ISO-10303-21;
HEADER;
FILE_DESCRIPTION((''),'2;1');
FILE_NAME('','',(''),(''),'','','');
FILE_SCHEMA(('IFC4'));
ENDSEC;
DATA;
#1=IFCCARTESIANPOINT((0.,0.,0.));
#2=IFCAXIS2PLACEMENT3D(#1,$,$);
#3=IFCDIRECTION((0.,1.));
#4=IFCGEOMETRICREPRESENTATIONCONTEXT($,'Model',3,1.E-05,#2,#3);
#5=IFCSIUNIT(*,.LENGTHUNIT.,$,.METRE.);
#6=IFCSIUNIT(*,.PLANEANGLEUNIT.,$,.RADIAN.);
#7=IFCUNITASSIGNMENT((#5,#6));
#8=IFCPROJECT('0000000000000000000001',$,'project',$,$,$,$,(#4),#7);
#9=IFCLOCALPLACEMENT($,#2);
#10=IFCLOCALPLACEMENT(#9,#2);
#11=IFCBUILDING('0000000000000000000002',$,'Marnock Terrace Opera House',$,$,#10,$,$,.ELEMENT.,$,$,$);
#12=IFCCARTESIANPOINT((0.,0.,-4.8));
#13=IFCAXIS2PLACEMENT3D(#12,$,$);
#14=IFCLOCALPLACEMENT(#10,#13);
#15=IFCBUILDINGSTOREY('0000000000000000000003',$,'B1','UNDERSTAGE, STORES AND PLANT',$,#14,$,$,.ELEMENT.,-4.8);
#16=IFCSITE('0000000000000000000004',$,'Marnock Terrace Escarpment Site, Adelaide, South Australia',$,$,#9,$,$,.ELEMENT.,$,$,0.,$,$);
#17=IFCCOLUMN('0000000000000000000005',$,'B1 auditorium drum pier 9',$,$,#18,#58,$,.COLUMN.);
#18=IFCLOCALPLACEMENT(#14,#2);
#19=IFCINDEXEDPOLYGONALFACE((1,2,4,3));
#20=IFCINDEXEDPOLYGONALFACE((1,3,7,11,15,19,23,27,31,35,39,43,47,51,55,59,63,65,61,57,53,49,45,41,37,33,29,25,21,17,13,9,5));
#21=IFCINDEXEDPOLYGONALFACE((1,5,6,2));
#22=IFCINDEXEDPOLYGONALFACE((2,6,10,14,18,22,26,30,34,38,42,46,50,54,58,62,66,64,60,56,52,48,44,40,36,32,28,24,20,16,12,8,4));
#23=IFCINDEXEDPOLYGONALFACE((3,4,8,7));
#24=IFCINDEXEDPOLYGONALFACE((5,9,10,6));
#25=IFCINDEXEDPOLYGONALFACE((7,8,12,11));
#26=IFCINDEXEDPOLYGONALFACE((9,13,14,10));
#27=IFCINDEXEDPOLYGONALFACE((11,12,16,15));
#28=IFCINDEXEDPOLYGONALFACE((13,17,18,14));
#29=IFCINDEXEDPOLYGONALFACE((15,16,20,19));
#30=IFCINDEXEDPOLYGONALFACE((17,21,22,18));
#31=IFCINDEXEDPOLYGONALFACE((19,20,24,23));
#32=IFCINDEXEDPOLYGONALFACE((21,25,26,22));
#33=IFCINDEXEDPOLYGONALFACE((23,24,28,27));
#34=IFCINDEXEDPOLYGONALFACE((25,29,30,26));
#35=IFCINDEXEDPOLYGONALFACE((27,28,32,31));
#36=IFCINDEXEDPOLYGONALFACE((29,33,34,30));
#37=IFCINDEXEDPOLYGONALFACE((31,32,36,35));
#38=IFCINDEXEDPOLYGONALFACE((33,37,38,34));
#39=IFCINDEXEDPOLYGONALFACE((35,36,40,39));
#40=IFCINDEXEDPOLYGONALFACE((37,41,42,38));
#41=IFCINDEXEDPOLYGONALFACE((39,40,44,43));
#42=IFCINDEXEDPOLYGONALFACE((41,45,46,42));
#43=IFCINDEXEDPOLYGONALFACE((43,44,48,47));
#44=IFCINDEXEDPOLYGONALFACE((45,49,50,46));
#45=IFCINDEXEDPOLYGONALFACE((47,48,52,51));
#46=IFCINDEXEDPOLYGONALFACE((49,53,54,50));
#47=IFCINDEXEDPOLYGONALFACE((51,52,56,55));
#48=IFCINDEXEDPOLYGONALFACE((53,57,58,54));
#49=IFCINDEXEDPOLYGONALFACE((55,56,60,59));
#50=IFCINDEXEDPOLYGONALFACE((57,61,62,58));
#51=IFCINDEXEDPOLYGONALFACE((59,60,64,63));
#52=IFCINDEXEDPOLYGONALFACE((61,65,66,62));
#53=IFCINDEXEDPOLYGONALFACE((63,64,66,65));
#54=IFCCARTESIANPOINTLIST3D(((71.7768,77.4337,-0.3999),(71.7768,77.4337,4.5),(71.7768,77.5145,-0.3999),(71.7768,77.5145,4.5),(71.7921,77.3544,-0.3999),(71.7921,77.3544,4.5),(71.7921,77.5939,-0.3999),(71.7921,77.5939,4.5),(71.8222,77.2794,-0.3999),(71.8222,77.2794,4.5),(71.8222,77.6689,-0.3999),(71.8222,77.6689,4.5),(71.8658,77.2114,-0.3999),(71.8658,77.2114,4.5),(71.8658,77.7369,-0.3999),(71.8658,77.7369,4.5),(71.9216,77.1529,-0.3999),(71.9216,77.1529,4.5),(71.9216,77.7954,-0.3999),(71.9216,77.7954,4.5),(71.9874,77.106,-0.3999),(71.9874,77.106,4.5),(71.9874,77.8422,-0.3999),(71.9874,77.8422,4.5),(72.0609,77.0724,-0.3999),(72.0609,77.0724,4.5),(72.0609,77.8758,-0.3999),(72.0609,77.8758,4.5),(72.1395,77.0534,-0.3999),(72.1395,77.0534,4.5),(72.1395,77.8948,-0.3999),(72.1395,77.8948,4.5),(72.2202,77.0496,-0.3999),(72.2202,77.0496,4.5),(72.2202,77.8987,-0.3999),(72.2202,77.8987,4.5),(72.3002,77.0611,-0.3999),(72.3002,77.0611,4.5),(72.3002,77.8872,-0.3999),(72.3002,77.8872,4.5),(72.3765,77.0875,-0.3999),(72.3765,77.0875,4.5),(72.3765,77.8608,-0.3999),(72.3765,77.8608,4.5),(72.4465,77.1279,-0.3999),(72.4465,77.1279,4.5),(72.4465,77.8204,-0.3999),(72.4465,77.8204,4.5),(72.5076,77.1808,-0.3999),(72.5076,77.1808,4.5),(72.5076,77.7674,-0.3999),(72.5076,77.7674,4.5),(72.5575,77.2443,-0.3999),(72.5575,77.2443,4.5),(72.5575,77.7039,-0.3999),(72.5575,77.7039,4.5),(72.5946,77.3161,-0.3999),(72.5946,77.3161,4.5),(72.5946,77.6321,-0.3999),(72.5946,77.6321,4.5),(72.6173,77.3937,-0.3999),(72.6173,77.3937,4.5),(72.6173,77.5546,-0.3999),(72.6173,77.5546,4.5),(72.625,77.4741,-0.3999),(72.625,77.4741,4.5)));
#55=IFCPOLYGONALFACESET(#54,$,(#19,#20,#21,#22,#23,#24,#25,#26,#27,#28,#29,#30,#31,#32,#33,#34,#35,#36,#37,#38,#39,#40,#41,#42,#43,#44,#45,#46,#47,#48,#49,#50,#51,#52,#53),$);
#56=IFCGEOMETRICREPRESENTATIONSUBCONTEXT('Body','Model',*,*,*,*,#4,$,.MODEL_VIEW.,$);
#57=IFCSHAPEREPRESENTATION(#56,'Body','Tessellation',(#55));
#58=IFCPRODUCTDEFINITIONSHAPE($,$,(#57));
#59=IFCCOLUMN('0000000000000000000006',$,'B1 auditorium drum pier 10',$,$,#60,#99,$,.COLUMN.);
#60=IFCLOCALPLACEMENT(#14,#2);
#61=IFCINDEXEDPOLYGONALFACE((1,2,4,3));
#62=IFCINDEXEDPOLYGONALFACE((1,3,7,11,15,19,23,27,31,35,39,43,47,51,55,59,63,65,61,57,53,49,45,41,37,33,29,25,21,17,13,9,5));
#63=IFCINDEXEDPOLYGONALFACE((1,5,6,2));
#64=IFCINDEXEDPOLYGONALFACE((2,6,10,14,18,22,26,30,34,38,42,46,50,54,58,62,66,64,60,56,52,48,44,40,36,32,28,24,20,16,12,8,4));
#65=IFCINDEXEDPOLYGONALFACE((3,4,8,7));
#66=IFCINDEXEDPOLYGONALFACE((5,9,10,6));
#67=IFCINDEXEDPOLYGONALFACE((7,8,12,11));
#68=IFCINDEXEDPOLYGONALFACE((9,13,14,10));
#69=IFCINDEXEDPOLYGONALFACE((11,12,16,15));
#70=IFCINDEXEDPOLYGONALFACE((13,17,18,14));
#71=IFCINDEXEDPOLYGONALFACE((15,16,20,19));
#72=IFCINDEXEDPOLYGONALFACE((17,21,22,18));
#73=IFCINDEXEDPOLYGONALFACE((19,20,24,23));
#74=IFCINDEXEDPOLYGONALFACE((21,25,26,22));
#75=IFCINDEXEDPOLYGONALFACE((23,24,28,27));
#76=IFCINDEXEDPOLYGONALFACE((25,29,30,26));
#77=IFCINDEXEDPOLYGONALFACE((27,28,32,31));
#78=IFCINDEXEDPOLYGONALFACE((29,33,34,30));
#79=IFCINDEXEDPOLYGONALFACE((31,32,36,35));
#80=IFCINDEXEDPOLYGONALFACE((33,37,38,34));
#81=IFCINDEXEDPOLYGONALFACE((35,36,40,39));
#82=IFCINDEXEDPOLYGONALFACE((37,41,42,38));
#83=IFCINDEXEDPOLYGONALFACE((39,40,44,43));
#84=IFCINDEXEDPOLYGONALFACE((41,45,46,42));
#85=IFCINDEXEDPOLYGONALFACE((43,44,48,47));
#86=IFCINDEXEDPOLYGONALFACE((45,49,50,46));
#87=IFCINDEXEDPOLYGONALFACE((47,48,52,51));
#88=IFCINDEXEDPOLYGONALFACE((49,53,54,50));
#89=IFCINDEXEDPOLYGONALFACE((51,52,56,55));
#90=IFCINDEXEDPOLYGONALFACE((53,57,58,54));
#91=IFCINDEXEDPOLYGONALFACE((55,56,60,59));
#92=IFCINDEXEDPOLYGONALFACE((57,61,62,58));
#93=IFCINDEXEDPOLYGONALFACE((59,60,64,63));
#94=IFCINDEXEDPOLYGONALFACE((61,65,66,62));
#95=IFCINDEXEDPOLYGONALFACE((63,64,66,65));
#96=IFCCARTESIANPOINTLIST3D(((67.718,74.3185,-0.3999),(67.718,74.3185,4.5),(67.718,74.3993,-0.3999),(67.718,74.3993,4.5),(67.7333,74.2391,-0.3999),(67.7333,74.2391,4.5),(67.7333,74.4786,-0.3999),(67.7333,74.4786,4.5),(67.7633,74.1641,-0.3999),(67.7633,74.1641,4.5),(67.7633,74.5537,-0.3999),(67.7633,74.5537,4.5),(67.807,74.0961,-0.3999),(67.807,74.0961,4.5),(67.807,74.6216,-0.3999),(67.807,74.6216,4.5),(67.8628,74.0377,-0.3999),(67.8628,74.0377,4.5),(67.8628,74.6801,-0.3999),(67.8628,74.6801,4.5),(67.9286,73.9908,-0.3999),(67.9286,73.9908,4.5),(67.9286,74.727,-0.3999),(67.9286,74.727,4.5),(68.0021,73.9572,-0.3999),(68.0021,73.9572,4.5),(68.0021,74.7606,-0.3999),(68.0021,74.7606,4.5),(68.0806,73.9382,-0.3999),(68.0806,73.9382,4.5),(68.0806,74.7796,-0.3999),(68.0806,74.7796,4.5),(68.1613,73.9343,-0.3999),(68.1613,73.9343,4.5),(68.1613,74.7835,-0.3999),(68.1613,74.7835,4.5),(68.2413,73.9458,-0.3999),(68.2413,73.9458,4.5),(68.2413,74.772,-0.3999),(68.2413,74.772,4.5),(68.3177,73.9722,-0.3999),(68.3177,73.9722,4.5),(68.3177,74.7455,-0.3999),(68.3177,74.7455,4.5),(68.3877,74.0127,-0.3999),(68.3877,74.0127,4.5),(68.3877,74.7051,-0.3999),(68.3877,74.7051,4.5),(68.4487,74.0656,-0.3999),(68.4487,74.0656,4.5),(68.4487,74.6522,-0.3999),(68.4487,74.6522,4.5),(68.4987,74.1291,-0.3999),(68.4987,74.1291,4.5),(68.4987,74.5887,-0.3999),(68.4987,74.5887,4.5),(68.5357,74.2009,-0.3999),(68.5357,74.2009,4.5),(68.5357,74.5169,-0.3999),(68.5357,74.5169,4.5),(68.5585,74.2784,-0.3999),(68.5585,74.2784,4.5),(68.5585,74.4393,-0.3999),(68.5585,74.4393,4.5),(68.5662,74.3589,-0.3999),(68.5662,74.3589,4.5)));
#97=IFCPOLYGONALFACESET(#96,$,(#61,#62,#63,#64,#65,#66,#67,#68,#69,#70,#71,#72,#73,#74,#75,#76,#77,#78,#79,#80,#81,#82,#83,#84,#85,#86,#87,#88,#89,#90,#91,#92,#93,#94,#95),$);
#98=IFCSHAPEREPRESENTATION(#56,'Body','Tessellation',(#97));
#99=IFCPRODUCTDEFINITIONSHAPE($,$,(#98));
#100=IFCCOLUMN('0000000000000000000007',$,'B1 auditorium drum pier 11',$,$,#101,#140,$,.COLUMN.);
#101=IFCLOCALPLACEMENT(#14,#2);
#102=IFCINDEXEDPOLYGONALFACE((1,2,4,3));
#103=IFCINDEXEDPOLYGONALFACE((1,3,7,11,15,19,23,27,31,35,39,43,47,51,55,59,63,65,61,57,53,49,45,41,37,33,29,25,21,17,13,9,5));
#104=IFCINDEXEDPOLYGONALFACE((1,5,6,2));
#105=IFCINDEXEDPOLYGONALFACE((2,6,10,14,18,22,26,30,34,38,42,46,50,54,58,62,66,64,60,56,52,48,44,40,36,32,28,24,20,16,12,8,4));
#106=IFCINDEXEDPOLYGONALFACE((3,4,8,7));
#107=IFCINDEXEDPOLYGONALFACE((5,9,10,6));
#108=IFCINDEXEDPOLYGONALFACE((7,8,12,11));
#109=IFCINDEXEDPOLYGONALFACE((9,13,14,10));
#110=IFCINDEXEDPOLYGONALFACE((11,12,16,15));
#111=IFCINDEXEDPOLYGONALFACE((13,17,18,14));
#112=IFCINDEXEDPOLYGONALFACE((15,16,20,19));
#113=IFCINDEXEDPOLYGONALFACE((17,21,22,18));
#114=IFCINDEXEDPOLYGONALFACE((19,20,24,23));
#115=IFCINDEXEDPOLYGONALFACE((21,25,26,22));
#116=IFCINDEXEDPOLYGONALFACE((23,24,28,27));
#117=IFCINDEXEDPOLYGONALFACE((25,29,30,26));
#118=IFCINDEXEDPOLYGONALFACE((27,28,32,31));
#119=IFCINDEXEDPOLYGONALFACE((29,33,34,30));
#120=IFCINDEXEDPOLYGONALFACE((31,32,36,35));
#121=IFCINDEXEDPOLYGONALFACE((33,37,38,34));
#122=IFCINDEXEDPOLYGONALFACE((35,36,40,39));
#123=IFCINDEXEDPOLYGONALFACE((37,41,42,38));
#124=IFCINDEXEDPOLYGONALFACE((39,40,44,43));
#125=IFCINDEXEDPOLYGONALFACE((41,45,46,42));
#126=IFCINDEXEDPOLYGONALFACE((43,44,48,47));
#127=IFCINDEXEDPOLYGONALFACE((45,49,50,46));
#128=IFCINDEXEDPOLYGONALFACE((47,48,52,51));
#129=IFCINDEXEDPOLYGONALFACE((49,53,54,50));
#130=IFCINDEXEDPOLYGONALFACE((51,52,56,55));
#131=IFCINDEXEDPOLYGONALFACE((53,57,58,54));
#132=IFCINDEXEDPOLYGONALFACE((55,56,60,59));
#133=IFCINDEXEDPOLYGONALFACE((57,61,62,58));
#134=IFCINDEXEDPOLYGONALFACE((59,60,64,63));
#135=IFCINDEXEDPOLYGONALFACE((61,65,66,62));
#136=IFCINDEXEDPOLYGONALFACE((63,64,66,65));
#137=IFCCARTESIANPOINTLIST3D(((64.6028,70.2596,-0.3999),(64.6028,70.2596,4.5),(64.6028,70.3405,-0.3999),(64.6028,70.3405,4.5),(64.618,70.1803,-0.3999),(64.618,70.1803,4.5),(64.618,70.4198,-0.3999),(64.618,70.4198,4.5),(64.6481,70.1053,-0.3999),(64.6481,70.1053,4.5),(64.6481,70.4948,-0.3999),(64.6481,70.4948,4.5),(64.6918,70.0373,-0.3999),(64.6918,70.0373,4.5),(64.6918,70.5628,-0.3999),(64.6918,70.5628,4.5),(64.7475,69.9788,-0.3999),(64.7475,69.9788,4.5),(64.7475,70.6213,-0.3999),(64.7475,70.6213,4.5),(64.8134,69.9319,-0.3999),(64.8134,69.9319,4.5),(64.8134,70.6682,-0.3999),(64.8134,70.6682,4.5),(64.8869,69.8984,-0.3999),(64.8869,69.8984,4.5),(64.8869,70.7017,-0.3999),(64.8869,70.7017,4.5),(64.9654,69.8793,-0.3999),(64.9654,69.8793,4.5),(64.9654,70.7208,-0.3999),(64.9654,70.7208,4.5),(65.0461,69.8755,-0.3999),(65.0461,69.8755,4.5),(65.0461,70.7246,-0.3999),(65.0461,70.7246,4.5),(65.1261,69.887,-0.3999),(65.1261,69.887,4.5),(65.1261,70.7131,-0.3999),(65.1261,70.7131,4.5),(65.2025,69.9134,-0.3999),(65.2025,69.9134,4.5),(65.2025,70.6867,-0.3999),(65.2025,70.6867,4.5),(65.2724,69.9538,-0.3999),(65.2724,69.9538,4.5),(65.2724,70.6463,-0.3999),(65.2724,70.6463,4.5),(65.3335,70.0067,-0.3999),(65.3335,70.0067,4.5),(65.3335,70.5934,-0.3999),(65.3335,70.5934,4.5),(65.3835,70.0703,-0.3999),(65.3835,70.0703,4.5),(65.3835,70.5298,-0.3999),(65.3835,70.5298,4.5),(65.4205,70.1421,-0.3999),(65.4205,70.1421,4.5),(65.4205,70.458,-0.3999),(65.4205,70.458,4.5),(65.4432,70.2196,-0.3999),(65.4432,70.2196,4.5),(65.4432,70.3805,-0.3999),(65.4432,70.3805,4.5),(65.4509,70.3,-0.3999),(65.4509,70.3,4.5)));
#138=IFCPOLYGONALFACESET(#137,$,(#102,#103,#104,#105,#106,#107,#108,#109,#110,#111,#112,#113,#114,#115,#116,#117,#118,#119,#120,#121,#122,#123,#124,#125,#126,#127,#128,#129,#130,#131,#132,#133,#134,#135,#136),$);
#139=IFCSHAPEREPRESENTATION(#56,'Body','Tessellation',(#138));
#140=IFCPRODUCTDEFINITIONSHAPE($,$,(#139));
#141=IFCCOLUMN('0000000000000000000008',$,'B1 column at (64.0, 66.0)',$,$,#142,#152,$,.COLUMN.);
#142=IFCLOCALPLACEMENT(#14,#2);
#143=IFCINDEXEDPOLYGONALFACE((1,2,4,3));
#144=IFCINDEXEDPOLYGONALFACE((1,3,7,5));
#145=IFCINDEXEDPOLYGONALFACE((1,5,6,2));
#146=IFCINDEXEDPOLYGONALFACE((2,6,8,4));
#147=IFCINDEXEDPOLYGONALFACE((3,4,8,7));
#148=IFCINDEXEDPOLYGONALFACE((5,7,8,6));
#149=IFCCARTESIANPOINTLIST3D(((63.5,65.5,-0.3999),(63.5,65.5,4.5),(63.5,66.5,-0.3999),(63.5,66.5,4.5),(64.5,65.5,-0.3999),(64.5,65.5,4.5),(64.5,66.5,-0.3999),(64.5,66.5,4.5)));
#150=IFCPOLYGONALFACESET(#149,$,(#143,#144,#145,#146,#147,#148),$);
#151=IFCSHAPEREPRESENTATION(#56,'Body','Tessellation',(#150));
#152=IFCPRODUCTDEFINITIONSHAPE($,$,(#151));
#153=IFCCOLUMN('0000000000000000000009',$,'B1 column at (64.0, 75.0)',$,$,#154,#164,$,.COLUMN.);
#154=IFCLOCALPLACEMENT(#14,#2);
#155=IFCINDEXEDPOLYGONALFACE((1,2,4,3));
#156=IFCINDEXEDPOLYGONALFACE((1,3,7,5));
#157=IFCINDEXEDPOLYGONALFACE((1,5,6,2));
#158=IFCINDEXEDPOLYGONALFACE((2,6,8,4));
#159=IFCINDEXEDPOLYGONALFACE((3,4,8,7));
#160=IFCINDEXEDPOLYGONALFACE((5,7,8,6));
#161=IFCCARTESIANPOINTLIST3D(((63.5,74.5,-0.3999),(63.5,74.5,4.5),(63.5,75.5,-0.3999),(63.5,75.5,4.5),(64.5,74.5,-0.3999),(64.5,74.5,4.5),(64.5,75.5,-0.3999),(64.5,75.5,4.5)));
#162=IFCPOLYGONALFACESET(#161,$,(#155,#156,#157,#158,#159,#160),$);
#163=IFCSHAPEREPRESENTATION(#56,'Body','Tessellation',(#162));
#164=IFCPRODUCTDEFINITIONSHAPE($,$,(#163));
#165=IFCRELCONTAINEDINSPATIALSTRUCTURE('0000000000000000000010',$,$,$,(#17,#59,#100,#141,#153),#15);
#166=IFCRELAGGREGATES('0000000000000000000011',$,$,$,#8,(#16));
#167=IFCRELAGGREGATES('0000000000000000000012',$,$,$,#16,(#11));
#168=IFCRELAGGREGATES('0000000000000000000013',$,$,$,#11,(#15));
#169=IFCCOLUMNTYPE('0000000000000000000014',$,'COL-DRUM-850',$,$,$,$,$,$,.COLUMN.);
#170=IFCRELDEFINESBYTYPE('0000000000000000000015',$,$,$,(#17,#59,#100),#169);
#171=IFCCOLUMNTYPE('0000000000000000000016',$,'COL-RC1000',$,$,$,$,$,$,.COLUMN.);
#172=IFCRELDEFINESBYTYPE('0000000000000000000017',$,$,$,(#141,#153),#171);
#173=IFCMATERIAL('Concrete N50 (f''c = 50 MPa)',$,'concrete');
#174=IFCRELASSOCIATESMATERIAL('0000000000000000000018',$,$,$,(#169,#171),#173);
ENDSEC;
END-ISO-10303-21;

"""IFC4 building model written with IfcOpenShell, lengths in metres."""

from ifc_helpers import new_model, si_unit, direction, frame, origin, origin_2d, place, context, subcontext, project, spatial, rectangle, circle, extrude, material, material_profile, profile_set, type_object, element, save


model = new_model("IFC4")

# Units and contexts
model_context = context("Model", 3, precision=1e-05, world=origin(), true_north=direction((0.0, 1.0)))
body_context = subcontext(model_context, "Body", "Model", "MODEL_VIEW")
ifc_project = project(units=[si_unit("LENGTHUNIT", "METRE"), si_unit("PLANEANGLEUNIT", "RADIAN")], contexts=[model_context])

# Site, building, storey
site_placement = place(None, origin())
site = spatial("IfcSite", under=ifc_project, at=site_placement, Name="Marnock Terrace Escarpment Site, Adelaide, South Australia", CompositionType="ELEMENT", RefElevation=0.0)
building_placement = place(site_placement, origin())
building = spatial("IfcBuilding", under=site, at=building_placement, Name="Marnock Terrace Opera House", CompositionType="ELEMENT")
storey_placement = place(building_placement, frame((0.0, 0.0, -4.8)))
storey = spatial("IfcBuildingStorey", under=building, at=storey_placement, Name="B1", Description="UNDERSTAGE, STORES AND PLANT", CompositionType="ELEMENT", Elevation=-4.8)

# Columns
ifc_material_1 = material(Name="Concrete N50 (f'c = 50 MPa)", Category="concrete")
ifc_material_profile_1 = material_profile(ifc_material_1, circle(Radius=0.425, at=origin_2d()))
ifc_profile_set_1 = profile_set([ifc_material_profile_1], Name="Concrete N50 (f'c = 50 MPa)")
column_type_1 = type_object("IfcColumnType", Name="COL-DRUM-850", PredefinedType="COLUMN", material=ifc_profile_set_1)
for number, where, z_axis, x_axis, name in (
    (1, (72.2, 77.4741, -0.3999), (0.0, 0.0, 1.0), (1.0, 0.0, 0.0), "B1 auditorium drum pier 9"),
    (2, (68.1411, 74.3589, -0.3999), (0.0, 0.0, 1.0), (1.0, 0.0, 0.0), "B1 auditorium drum pier 10"),
    (3, (65.0259, 70.3, -0.3999), (0.0, 0.0, 1.0), (1.0, 0.0, 0.0), "B1 auditorium drum pier 11"),
):
    element("IfcColumn", number, at=place(storey_placement, frame(where, z_axis=z_axis, x_axis=x_axis)), inside=storey, type_object=column_type_1, Name=name, PredefinedType="COLUMN", context=body_context, shape_type="SweptSolid", body=[
        extrude(circle(Radius=0.425, at=origin_2d()), origin(), (0.0, 0.0, 1.0), 4.8999),
    ])
ifc_material_profile_2 = material_profile(ifc_material_1, rectangle(XDim=1.0, YDim=1.0, at=origin_2d()))
ifc_profile_set_2 = profile_set([ifc_material_profile_2], Name="Concrete N50 (f'c = 50 MPa)")
column_type_2 = type_object("IfcColumnType", Name="COL-RC1000", PredefinedType="COLUMN", material=ifc_profile_set_2)
for number, where, z_axis, x_axis, name in (
    (4, (64.0, 66.0, -0.3999), (0.0, 0.0, 1.0), (1.0, 0.0, 0.0), "B1 column at (64.0, 66.0)"),
    (5, (64.0, 75.0, -0.3999), (0.0, 0.0, 1.0), (1.0, 0.0, 0.0), "B1 column at (64.0, 75.0)"),
):
    element("IfcColumn", number, at=place(storey_placement, frame(where, z_axis=z_axis, x_axis=x_axis)), inside=storey, type_object=column_type_2, Name=name, PredefinedType="COLUMN", context=body_context, shape_type="SweptSolid", body=[
        extrude(rectangle(XDim=1.0, YDim=1.0, at=origin_2d()), origin(), (0.0, 0.0, 1.0), 4.8999),
    ])

save(model, "model.ifc")
